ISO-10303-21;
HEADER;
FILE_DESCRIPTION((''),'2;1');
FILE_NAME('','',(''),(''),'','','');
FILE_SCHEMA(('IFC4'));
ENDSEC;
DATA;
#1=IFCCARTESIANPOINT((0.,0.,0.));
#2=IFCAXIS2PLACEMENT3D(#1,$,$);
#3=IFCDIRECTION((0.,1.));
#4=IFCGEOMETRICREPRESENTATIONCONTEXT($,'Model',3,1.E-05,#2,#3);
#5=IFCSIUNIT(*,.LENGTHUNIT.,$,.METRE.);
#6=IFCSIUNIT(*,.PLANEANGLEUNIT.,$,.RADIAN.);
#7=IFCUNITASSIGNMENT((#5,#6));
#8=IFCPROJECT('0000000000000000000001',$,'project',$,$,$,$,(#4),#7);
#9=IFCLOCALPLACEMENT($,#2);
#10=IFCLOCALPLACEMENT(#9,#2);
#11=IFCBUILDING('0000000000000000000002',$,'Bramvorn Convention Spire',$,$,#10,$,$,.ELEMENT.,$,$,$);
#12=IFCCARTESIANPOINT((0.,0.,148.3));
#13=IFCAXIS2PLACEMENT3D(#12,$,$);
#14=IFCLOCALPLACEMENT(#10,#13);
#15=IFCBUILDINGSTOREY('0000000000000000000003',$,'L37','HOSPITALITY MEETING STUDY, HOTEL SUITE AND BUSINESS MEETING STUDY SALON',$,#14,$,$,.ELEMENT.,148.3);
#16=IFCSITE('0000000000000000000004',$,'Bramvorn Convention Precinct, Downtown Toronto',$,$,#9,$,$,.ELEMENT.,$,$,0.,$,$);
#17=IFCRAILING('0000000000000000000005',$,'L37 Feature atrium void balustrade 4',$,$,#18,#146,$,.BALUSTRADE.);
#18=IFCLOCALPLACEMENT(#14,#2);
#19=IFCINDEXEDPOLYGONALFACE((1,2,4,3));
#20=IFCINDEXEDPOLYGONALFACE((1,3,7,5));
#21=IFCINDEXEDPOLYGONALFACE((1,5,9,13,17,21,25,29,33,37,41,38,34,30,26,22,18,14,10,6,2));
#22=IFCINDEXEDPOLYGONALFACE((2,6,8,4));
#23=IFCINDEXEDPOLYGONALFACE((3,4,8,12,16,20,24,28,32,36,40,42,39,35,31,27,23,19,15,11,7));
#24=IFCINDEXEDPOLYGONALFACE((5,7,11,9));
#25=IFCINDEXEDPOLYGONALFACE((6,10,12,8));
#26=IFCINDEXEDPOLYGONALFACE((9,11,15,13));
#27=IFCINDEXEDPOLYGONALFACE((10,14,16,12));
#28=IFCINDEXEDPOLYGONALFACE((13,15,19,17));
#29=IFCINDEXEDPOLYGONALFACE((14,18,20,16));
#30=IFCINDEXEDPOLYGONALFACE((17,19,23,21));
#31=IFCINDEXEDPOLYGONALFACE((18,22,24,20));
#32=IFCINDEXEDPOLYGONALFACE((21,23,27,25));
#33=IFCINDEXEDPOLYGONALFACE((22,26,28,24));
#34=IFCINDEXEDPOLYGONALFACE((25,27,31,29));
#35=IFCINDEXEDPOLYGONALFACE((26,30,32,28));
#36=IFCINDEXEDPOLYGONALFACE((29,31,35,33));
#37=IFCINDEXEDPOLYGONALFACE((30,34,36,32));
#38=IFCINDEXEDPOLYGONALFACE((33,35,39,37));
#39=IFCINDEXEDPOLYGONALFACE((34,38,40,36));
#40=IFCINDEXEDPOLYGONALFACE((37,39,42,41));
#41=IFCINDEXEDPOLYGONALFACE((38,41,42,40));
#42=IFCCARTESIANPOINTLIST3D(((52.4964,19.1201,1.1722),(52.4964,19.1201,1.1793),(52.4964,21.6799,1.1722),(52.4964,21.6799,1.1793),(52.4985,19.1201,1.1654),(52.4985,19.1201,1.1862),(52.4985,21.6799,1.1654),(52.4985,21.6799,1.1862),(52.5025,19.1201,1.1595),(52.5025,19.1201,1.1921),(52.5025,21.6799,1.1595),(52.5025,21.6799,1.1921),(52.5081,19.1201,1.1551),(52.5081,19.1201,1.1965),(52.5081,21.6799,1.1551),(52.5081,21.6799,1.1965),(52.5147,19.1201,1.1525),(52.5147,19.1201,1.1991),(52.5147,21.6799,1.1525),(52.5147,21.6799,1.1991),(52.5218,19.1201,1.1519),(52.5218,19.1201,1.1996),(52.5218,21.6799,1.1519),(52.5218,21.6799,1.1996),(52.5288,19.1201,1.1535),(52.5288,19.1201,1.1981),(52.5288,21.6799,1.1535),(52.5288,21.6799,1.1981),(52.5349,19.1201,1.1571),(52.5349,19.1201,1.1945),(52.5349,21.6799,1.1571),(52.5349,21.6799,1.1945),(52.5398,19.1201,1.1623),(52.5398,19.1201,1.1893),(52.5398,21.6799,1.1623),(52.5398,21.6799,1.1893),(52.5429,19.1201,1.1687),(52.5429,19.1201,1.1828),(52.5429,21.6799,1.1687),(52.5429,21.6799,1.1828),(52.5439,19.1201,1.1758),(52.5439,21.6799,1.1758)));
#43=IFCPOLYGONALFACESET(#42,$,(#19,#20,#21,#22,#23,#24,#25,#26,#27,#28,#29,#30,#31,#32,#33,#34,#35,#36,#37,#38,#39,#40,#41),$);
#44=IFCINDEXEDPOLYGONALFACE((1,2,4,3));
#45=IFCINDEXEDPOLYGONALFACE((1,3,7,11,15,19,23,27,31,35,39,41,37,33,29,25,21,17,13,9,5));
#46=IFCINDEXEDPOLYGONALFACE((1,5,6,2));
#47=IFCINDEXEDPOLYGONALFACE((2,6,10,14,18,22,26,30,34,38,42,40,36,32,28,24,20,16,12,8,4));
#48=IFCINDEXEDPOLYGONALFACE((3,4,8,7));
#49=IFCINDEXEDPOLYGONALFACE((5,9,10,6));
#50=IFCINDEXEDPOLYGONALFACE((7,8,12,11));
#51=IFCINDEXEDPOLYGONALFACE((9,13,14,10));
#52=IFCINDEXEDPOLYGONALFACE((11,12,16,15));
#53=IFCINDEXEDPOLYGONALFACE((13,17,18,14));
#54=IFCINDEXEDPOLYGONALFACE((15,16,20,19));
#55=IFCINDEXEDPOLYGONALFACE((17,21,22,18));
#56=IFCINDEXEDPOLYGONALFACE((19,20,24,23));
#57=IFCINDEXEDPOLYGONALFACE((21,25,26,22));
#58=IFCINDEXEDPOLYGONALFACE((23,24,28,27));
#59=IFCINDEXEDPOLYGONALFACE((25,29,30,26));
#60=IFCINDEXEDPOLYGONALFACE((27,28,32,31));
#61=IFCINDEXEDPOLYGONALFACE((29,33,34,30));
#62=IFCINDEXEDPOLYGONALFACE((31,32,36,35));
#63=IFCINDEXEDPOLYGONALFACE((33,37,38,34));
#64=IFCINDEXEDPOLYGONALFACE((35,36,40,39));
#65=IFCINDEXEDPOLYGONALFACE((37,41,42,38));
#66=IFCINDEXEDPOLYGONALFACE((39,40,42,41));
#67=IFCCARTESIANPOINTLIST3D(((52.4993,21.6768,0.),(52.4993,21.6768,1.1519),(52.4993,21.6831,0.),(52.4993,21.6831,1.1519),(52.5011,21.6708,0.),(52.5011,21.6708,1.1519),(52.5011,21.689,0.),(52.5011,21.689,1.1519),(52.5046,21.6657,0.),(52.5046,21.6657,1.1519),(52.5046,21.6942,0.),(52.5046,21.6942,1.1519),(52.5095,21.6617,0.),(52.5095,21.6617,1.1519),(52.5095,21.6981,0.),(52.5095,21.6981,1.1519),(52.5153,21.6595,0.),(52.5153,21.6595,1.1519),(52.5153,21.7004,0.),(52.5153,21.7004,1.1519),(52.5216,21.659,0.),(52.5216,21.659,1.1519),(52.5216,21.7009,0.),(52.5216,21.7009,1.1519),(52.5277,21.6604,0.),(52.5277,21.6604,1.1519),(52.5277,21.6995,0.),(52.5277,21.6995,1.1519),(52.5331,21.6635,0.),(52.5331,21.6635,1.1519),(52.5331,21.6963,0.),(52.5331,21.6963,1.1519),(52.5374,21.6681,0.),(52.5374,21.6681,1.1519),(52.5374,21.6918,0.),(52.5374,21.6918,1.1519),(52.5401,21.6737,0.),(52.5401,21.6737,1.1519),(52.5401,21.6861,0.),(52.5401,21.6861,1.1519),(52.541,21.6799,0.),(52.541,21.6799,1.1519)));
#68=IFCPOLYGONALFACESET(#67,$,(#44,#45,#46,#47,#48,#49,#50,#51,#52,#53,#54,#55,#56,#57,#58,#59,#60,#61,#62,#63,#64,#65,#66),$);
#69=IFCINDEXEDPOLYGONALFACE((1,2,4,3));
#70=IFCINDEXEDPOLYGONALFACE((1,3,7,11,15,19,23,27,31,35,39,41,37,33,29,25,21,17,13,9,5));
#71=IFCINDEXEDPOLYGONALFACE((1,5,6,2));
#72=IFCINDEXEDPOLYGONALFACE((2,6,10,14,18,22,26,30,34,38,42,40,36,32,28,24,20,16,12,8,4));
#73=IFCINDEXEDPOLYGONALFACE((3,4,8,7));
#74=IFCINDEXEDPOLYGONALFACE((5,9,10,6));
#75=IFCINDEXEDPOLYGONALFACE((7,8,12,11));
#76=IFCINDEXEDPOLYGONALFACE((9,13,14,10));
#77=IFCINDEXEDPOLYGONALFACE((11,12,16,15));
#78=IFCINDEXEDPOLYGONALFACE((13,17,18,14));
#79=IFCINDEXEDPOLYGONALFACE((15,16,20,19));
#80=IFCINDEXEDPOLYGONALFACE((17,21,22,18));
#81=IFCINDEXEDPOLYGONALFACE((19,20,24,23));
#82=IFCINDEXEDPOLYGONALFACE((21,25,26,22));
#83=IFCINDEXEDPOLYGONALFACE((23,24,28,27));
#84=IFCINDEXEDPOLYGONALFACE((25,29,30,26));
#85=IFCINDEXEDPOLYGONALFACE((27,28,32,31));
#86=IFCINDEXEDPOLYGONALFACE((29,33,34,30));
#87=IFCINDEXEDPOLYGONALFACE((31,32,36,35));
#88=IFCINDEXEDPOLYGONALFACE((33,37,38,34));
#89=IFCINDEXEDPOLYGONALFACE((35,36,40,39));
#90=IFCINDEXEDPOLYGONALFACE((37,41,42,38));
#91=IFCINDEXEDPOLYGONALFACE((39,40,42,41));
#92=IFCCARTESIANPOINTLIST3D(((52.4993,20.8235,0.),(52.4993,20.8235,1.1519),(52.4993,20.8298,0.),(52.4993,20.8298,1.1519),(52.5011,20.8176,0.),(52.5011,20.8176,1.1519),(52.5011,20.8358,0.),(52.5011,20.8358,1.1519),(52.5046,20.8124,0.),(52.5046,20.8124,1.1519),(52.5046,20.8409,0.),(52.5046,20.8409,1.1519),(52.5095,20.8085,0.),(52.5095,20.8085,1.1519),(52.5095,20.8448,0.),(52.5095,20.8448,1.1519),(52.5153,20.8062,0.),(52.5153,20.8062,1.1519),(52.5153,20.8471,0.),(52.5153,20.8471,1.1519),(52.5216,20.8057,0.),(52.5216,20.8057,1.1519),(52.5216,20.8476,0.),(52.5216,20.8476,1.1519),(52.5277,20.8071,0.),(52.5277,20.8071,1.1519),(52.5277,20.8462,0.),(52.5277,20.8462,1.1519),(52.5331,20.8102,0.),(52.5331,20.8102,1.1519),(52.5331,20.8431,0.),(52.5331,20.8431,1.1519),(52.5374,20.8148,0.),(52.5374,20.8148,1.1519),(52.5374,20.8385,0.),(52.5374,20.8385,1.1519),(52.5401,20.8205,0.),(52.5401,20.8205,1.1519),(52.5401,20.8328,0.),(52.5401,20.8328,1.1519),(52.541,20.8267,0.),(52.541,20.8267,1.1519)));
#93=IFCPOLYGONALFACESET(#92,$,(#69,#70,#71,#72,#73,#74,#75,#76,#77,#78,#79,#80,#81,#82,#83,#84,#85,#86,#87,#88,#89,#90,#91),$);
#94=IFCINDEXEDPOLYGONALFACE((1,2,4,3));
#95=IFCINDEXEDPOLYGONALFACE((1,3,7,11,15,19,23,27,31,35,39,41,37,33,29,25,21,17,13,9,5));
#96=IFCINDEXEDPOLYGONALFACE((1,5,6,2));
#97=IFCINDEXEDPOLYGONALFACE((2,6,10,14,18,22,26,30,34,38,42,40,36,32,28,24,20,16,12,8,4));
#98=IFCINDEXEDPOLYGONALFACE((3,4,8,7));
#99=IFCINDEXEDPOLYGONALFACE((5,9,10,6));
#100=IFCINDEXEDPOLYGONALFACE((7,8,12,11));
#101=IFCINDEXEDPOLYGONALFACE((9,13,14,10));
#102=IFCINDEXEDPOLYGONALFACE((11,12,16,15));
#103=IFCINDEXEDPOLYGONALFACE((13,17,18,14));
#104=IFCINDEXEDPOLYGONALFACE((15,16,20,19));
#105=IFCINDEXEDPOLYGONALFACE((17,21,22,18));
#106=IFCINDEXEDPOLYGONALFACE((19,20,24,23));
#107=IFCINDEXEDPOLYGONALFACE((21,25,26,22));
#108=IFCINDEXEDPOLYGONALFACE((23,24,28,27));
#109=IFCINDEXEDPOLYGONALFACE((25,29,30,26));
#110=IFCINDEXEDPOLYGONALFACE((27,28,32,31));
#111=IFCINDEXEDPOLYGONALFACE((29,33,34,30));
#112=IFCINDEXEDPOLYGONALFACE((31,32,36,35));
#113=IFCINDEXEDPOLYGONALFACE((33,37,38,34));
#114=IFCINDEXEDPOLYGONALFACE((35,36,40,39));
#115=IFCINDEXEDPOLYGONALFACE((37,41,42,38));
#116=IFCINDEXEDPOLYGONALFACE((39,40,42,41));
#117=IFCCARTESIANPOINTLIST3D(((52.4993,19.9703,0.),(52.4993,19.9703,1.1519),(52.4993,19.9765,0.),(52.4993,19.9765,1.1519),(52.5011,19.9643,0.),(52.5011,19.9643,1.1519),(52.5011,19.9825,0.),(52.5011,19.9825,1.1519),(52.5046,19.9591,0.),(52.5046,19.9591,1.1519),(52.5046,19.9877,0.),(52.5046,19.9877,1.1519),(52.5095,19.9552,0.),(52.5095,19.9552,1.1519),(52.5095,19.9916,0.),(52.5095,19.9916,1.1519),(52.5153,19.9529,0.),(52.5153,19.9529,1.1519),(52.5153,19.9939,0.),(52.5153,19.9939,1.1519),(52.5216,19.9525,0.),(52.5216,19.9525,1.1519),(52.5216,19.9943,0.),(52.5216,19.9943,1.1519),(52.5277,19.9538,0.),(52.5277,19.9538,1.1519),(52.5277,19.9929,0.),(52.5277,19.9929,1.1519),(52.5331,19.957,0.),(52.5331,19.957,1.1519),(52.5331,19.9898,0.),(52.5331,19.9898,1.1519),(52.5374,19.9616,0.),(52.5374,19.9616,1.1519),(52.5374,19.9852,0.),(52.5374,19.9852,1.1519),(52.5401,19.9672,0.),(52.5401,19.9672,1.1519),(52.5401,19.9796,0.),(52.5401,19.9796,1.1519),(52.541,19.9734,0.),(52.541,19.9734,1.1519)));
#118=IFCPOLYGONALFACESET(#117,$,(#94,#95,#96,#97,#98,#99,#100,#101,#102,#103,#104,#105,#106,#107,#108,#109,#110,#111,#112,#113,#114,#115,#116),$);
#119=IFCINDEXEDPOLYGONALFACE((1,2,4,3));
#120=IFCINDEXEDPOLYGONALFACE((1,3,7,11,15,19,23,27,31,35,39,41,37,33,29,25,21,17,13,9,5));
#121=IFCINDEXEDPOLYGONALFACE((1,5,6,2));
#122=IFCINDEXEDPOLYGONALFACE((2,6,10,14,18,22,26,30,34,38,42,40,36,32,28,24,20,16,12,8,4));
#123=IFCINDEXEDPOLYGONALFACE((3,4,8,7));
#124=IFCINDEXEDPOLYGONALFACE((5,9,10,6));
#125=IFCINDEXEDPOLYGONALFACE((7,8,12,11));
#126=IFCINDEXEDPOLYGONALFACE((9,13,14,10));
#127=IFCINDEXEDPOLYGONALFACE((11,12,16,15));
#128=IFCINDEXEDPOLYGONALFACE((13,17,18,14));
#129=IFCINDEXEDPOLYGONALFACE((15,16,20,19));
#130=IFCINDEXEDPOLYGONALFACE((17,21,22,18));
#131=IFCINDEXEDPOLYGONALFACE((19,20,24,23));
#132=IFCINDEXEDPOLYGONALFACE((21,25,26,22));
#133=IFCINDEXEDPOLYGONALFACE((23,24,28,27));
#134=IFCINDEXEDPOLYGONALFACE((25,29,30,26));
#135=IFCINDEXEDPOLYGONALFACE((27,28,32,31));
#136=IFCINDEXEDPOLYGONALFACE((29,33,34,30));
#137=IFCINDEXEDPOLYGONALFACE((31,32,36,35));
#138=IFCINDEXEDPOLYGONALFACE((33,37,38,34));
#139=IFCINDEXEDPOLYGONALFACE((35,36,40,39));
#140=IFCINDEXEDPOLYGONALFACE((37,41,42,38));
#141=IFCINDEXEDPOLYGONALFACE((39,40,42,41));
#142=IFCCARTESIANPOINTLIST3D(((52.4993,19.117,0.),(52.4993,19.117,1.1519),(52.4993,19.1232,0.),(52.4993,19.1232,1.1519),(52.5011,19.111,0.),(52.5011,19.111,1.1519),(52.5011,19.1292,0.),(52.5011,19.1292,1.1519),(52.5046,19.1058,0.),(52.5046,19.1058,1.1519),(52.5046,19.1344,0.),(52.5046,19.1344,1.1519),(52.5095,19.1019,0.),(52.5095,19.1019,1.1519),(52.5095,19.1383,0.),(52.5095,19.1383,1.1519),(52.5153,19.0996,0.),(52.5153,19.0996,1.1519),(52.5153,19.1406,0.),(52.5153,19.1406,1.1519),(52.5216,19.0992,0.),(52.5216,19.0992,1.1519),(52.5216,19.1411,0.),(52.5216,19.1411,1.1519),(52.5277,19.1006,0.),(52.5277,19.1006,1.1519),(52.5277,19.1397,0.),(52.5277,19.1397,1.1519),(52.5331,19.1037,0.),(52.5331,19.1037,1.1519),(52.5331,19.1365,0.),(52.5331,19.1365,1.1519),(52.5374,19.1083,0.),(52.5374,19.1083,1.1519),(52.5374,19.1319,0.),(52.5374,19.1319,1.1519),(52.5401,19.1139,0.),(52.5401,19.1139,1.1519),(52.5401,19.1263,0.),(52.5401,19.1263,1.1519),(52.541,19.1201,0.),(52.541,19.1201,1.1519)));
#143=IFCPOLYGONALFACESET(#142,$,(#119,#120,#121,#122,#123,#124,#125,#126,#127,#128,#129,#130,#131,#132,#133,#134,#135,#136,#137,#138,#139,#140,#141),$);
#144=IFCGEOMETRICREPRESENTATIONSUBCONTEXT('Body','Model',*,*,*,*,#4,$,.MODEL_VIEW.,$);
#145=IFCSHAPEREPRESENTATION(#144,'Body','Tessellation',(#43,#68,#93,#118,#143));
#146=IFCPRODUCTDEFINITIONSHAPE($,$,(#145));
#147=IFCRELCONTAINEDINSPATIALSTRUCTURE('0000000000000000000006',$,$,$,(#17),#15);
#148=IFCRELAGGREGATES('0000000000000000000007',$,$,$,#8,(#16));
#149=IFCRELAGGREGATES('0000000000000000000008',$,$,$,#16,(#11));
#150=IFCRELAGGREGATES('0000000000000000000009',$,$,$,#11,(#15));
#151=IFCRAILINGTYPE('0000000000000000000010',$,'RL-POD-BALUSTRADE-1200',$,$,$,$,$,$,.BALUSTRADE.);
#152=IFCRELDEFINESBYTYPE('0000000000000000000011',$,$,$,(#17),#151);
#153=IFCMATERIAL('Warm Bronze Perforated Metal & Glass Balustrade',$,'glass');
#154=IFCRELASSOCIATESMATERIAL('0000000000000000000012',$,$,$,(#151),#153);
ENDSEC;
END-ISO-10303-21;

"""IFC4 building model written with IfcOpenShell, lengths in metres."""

from ifc_helpers import new_model, si_unit, direction, frame, origin, origin_2d, place, context, subcontext, project, spatial, circle, extrude, material, type_object, element, save


model = new_model("IFC4")

# Units and contexts
model_context = context("Model", 3, precision=1e-05, world=origin(), true_north=direction((0.0, 1.0)))
body_context = subcontext(model_context, "Body", "Model", "MODEL_VIEW")
ifc_project = project(units=[si_unit("LENGTHUNIT", "METRE"), si_unit("PLANEANGLEUNIT", "RADIAN")], contexts=[model_context])

# Site, building, storey
site_placement = place(None, origin())
site = spatial("IfcSite", under=ifc_project, at=site_placement, Name="Bramvorn Convention Precinct, Downtown Toronto", CompositionType="ELEMENT", RefElevation=0.0)
building_placement = place(site_placement, origin())
building = spatial("IfcBuilding", under=site, at=building_placement, Name="Bramvorn Convention Spire", CompositionType="ELEMENT")
storey_placement = place(building_placement, frame((0.0, 0.0, 148.3)))
storey = spatial("IfcBuildingStorey", under=building, at=storey_placement, Name="L37", Description="HOSPITALITY MEETING STUDY, HOTEL SUITE AND BUSINESS MEETING STUDY SALON", CompositionType="ELEMENT", Elevation=148.3)

# Railing
ifc_material_1 = material(Name="Warm Bronze Perforated Metal & Glass Balustrade", Category="glass")
railing_type = type_object("IfcRailingType", Name="RL-POD-BALUSTRADE-1200", PredefinedType="BALUSTRADE", material=ifc_material_1)
railing_1_placement = place(storey_placement, frame((52.52, 21.6799, 0.0)))
element("IfcRailing", 1, at=railing_1_placement, inside=storey, type_object=railing_type, Name="L37 Feature atrium void balustrade 4", PredefinedType="BALUSTRADE", context=body_context, shape_type="SweptSolid", body=[
    extrude(circle(Radius=0.0239, at=origin_2d()), frame((0.0, 0.0, 1.1758), z_axis=(0.0, -1.0, 0.0), x_axis=(1.0, 0.0, 0.0)), (0.0, 0.0, 1.0), 2.5598),
    extrude(circle(Radius=0.021, at=origin_2d()), origin(), (0.0, 0.0, 1.0), 1.1519),
    extrude(circle(Radius=0.021, at=origin_2d()), frame((0.0, -0.8533, 0.0)), (0.0, 0.0, 1.0), 1.1519),
    extrude(circle(Radius=0.021, at=origin_2d()), frame((0.0, -1.7065, 0.0)), (0.0, 0.0, 1.0), 1.1519),
    extrude(circle(Radius=0.021, at=origin_2d()), frame((0.0, -2.5598, 0.0)), (0.0, 0.0, 1.0), 1.1519),
])

save(model, "model.ifc")
